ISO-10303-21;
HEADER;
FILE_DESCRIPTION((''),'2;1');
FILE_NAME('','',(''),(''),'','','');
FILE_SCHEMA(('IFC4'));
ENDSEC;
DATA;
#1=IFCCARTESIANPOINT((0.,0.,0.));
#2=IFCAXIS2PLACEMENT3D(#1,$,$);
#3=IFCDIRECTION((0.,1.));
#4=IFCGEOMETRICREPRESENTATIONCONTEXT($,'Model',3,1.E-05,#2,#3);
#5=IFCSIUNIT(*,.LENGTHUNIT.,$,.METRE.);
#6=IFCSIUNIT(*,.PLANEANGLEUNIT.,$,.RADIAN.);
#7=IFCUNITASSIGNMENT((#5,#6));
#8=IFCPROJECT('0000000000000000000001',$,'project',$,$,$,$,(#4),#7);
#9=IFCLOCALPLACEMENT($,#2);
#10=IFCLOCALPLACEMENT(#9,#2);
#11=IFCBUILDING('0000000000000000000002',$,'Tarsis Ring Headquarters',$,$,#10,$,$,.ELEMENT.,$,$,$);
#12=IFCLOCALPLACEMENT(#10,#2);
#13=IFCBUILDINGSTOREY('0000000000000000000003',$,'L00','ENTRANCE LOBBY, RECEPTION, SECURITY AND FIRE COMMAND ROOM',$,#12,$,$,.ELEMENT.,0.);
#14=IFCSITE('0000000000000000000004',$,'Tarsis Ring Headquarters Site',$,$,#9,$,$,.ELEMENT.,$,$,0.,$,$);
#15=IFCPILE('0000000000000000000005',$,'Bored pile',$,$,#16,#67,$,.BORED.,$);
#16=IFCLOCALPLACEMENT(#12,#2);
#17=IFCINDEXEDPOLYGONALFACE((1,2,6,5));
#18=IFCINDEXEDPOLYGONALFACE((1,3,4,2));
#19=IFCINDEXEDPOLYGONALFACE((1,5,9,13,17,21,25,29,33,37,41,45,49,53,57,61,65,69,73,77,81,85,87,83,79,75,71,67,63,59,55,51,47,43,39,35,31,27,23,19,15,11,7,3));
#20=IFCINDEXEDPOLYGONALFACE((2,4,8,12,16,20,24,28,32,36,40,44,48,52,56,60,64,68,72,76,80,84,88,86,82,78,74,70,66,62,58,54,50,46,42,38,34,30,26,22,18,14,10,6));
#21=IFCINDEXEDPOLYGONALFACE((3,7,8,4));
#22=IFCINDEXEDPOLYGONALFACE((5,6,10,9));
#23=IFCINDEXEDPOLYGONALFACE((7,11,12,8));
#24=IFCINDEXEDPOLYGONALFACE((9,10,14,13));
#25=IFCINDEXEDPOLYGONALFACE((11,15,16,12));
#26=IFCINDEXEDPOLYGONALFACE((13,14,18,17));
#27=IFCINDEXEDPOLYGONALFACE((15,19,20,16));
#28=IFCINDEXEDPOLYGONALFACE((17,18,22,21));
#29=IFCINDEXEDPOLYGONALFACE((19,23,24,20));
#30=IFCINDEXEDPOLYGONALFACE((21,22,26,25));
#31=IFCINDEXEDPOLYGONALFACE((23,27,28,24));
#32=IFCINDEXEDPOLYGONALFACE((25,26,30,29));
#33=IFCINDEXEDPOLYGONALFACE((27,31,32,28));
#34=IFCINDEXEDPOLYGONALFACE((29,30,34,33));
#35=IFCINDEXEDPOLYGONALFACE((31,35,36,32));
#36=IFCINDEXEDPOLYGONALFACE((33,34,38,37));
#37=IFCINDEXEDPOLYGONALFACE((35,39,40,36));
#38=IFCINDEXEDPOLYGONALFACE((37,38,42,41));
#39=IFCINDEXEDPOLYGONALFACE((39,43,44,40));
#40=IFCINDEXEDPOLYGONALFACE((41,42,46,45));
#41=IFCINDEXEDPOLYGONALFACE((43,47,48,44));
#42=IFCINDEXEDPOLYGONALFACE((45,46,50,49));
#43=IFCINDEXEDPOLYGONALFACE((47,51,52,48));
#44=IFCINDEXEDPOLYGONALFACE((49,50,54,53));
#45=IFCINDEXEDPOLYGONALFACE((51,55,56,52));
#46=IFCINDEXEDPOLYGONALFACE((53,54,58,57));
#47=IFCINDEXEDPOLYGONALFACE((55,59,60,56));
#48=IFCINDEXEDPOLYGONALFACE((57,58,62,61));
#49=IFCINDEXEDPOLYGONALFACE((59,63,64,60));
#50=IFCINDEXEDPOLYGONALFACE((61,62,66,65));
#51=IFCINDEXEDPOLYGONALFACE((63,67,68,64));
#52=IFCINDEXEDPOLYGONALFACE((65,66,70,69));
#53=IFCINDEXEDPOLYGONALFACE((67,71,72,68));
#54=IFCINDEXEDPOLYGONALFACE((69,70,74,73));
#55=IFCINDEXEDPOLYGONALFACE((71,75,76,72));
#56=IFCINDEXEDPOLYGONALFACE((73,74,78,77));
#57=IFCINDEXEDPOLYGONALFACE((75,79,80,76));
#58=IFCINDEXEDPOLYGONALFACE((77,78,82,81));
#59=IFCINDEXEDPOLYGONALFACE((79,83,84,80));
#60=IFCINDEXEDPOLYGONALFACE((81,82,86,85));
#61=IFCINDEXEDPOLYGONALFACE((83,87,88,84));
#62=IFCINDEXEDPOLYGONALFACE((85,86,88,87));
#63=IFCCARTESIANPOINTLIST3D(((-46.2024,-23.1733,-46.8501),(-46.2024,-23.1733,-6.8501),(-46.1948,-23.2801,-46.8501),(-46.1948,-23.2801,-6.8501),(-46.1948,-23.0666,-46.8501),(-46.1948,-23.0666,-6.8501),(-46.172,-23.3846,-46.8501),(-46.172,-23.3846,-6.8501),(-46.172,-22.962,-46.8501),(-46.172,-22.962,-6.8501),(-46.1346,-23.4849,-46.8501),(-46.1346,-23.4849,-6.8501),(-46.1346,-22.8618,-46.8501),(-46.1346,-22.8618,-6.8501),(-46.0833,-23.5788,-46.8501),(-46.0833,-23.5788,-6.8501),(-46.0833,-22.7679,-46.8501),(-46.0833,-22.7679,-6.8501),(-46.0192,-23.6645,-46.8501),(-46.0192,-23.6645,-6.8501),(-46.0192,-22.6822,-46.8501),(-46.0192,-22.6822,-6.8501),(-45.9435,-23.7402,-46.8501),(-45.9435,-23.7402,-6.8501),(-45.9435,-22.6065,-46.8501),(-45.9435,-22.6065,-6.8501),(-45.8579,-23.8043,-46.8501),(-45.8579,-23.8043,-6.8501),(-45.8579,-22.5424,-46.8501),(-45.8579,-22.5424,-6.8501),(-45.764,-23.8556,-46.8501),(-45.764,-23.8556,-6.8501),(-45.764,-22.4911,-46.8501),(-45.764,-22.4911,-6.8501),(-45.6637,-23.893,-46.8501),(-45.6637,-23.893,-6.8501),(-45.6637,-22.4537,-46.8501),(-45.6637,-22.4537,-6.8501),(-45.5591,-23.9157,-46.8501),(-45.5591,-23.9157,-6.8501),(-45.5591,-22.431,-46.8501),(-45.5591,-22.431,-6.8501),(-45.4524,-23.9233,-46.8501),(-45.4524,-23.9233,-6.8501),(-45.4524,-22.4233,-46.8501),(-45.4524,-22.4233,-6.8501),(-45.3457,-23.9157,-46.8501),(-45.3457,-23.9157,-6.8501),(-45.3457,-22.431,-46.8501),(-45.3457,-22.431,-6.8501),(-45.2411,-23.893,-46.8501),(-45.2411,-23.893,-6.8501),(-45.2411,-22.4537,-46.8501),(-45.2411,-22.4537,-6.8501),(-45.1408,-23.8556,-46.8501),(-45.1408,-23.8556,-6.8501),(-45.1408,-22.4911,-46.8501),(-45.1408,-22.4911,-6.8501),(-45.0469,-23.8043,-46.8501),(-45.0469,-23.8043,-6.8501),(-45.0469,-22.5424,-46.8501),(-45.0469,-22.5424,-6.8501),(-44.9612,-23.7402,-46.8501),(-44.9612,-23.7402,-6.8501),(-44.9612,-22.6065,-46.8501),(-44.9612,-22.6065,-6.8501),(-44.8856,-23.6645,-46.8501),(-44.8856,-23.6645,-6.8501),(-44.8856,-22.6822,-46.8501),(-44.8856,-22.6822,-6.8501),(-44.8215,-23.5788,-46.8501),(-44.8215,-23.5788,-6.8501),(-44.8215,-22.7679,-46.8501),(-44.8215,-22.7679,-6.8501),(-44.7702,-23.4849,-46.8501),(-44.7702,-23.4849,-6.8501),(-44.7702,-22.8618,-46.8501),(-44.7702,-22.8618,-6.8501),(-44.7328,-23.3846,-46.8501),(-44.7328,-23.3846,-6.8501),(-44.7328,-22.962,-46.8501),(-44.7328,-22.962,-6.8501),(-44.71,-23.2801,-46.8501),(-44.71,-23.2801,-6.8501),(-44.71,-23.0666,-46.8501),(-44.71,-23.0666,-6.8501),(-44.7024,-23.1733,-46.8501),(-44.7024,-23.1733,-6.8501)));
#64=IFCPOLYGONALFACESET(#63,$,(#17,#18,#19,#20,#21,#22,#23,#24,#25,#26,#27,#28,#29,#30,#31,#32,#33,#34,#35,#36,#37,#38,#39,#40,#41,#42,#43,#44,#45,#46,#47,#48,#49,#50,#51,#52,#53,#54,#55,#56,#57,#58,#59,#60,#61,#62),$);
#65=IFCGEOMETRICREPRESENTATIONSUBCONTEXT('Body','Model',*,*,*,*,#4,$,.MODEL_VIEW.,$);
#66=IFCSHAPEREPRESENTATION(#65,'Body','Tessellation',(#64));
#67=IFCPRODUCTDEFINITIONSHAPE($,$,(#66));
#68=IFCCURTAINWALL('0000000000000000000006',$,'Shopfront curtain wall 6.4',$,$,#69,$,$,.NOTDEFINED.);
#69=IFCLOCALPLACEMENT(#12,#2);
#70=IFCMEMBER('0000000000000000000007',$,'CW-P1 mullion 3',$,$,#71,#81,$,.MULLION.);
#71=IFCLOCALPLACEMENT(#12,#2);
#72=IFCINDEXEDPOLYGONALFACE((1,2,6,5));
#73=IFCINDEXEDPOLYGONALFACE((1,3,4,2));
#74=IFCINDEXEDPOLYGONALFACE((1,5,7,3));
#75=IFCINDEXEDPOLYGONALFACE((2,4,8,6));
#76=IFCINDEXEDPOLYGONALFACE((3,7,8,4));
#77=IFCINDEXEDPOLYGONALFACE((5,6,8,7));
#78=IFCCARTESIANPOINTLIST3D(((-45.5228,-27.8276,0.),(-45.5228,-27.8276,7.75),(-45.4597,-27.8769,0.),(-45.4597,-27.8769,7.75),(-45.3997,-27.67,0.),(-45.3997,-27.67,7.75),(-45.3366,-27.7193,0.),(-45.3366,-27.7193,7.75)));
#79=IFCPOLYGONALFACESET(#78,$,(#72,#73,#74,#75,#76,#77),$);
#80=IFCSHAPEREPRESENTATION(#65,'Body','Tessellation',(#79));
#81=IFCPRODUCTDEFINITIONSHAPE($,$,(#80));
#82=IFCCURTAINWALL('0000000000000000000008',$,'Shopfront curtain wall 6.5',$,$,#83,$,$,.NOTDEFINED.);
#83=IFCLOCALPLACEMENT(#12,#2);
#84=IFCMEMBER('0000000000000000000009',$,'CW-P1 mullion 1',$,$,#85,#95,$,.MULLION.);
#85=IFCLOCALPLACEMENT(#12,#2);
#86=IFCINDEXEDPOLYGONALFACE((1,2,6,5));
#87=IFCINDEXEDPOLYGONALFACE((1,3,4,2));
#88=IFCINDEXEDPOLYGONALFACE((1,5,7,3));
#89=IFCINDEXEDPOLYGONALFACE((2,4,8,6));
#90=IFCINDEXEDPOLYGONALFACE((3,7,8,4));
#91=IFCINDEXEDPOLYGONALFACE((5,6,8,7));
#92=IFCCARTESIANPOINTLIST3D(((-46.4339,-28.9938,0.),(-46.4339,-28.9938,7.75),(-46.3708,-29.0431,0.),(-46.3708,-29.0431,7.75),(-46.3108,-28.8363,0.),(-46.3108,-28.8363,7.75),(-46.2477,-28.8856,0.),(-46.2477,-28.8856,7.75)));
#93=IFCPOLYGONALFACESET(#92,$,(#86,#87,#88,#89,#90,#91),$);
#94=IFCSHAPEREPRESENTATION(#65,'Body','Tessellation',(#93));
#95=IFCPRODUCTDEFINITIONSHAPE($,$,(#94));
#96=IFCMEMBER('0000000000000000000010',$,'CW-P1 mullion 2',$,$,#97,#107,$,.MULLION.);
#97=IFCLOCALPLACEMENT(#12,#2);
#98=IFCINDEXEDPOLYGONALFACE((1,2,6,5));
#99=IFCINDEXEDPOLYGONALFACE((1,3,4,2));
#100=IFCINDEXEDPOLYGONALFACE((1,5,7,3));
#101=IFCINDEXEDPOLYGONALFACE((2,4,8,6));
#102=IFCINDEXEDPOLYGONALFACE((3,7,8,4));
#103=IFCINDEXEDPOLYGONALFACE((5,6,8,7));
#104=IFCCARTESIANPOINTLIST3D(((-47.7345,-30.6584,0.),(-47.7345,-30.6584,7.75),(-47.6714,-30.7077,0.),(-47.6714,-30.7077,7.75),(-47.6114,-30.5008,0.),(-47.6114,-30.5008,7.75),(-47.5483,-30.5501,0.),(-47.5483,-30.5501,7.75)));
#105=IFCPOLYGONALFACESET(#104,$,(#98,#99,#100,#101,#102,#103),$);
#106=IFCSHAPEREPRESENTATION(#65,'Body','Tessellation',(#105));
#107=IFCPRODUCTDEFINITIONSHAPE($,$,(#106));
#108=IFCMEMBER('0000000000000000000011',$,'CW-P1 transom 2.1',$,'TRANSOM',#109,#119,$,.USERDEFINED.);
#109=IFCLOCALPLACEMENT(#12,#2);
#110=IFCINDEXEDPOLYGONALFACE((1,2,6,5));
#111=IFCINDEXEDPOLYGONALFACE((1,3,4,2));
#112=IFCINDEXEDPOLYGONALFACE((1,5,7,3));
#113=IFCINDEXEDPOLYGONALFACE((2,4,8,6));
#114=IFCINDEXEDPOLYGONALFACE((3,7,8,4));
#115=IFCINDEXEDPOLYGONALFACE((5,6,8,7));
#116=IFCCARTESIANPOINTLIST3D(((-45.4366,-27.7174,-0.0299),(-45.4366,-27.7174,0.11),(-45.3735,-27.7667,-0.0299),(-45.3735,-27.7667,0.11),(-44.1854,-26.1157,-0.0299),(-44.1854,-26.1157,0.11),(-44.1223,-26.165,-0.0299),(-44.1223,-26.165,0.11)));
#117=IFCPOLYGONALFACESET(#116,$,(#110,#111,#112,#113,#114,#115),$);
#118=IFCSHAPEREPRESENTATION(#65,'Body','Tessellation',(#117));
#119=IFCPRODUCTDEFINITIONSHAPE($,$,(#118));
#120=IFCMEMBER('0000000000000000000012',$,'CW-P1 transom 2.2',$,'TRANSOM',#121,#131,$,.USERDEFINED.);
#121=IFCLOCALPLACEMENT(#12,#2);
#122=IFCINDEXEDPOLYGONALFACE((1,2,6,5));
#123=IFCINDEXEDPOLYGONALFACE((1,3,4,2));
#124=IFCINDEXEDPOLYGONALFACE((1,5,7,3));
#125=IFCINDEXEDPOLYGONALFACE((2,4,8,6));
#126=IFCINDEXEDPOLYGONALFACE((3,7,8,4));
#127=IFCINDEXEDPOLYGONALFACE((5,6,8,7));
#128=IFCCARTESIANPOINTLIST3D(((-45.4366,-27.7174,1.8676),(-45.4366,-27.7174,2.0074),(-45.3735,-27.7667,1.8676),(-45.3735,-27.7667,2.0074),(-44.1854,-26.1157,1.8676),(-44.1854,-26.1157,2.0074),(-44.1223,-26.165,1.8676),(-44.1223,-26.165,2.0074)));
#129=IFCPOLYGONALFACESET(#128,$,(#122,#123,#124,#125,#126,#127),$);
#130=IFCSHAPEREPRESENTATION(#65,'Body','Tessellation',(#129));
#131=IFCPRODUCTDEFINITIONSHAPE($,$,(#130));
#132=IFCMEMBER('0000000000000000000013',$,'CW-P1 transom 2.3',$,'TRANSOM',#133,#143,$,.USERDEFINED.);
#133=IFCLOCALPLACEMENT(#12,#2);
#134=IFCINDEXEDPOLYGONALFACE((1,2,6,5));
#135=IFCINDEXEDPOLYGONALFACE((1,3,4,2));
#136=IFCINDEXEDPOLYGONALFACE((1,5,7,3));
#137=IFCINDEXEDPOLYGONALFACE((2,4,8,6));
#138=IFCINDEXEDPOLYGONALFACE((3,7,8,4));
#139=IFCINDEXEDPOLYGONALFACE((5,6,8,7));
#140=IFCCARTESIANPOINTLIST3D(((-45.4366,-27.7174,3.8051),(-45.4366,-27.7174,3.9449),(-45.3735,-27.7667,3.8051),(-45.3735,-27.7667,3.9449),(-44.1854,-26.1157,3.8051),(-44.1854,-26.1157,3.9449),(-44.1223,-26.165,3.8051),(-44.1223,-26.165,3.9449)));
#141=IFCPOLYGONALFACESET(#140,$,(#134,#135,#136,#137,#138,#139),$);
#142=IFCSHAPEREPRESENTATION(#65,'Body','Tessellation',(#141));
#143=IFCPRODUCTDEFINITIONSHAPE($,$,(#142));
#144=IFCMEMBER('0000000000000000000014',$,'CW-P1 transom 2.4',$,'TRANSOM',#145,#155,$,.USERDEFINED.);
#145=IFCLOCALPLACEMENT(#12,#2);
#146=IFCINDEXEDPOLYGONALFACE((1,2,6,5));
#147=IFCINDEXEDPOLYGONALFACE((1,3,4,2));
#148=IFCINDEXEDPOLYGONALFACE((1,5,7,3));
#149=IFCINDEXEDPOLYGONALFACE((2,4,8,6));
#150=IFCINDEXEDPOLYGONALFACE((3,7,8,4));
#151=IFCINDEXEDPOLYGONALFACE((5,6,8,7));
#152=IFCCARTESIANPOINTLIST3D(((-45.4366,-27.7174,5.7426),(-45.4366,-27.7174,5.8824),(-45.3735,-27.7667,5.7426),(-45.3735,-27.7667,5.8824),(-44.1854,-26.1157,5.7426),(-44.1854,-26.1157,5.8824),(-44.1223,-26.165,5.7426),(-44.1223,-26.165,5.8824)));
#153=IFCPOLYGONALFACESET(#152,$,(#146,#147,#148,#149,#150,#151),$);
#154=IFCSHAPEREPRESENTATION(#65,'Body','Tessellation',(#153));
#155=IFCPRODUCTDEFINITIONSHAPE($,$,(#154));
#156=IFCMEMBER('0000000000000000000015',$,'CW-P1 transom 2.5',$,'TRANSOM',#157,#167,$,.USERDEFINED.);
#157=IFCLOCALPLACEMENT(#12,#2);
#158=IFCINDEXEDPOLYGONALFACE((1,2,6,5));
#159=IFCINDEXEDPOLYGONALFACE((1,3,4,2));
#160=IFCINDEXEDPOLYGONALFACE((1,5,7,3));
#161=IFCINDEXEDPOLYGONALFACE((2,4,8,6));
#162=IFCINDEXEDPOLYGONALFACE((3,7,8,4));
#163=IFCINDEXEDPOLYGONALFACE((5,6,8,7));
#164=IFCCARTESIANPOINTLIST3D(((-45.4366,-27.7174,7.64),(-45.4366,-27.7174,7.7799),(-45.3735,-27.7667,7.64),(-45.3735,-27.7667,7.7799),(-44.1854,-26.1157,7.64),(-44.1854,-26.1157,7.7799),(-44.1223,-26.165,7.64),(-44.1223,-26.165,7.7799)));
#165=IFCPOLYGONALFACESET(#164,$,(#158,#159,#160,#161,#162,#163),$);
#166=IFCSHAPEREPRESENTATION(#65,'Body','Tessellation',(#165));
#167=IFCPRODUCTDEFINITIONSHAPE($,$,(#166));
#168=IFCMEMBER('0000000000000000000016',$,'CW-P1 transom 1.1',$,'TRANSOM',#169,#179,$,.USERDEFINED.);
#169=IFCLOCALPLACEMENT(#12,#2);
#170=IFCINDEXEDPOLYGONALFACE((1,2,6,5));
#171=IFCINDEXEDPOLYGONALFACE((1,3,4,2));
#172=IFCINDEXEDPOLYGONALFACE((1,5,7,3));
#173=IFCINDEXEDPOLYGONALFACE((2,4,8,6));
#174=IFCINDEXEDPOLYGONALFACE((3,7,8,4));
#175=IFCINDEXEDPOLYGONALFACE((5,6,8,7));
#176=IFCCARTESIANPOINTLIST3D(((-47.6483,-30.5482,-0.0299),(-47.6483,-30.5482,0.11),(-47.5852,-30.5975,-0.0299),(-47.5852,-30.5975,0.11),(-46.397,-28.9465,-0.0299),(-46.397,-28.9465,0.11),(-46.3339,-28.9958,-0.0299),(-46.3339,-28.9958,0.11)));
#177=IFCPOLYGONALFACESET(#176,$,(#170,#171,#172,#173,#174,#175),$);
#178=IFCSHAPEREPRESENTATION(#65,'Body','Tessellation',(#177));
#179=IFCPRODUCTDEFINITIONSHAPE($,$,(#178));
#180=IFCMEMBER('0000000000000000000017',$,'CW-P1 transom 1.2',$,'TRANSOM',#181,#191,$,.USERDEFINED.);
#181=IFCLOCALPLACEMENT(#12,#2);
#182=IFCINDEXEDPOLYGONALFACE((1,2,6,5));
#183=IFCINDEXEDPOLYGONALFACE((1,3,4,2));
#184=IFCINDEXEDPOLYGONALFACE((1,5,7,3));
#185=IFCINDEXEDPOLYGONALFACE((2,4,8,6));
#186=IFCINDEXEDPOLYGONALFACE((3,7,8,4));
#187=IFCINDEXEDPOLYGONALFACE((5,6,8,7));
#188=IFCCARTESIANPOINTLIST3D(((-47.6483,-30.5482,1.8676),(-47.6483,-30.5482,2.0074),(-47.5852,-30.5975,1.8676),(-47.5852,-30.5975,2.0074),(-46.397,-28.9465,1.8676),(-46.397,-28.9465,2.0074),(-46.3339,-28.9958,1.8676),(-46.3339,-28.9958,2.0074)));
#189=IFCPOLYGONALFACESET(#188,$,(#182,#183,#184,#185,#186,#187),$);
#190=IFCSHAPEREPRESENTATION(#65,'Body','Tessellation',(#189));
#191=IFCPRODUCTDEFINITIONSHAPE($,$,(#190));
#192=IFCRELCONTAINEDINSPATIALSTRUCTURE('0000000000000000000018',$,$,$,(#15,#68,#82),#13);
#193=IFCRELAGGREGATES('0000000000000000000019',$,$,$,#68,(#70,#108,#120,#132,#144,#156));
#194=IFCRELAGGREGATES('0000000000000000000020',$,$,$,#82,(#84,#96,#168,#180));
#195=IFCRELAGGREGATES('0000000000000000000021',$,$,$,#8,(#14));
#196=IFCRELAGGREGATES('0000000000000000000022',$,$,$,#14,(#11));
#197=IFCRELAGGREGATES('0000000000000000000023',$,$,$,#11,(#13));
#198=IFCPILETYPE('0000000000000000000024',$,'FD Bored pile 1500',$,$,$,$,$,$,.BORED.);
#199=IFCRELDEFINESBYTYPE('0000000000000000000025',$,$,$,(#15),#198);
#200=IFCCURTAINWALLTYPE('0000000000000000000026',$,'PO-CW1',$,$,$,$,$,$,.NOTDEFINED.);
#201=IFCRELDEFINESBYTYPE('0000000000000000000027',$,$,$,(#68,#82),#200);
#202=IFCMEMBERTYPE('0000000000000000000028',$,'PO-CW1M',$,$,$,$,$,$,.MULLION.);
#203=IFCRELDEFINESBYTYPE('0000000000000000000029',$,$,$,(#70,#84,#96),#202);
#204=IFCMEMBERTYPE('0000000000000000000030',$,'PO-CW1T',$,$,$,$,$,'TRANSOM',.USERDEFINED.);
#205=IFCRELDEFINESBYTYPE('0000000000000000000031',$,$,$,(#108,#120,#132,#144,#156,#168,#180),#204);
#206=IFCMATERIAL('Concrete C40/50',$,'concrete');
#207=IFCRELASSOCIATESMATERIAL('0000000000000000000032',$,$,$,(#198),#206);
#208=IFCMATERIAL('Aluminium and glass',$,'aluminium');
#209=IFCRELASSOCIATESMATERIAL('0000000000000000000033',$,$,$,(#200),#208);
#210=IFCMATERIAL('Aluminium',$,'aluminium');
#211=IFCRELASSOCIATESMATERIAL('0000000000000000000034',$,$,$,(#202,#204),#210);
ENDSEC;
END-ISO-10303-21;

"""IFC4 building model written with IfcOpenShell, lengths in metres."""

from ifc_helpers import new_model, si_unit, direction, frame, origin, origin_2d, place, context, subcontext, project, spatial, rectangle, circle, extrude, material, material_profile, profile_set, type_object, element, aggregate, save


model = new_model("IFC4")

# Units and contexts
model_context = context("Model", 3, precision=1e-05, world=origin(), true_north=direction((0.0, 1.0)))
body_context = subcontext(model_context, "Body", "Model", "MODEL_VIEW")
ifc_project = project(units=[si_unit("LENGTHUNIT", "METRE"), si_unit("PLANEANGLEUNIT", "RADIAN")], contexts=[model_context])

# Site, building, storey
site_placement = place(None, origin())
site = spatial("IfcSite", under=ifc_project, at=site_placement, Name="Tarsis Ring Headquarters Site", CompositionType="ELEMENT", RefElevation=0.0)
building_placement = place(site_placement, origin())
building = spatial("IfcBuilding", under=site, at=building_placement, Name="Tarsis Ring Headquarters", CompositionType="ELEMENT")
storey_placement = place(building_placement, origin())
storey = spatial("IfcBuildingStorey", under=building, at=storey_placement, Name="L00", Description="ENTRANCE LOBBY, RECEPTION, SECURITY AND FIRE COMMAND ROOM", CompositionType="ELEMENT", Elevation=0.0)

# Pile
ifc_material_1 = material(Name="Concrete C40/50", Category="concrete")
ifc_material_profile_1 = material_profile(ifc_material_1, circle(Radius=0.75, at=origin_2d()), Name="BORED 1500")
ifc_profile_set_1 = profile_set([ifc_material_profile_1], Name="Concrete C40/50")
pile_type = type_object("IfcPileType", Name="FD Bored pile 1500", PredefinedType="BORED", material=ifc_profile_set_1)
for number, where, z_axis, x_axis, name in (
    (1, (-45.4524, -23.1733, -6.8501), (0.0, 0.0, -1.0), (1.0, 0.0, 0.0), "Bored pile"),
):
    element("IfcPile", number, at=place(storey_placement, frame(where, z_axis=z_axis, x_axis=x_axis)), inside=storey, type_object=pile_type, Name=name, PredefinedType="BORED", context=body_context, shape_type="SweptSolid", body=[
        extrude(circle(Radius=0.75, at=origin_2d()), origin(), (0.0, 0.0, 1.0), 40.0),
    ])

# Curtain wall, member
ifc_material_2 = material(Name="Aluminium and glass", Category="aluminium")
curtain_wall_type = type_object("IfcCurtainWallType", Name="PO-CW1", PredefinedType="NOTDEFINED", material=ifc_material_2)
curtain_wall_1_placement = place(storey_placement, origin())
curtain_wall_1 = element("IfcCurtainWall", 2, at=curtain_wall_1_placement, inside=storey, type_object=curtain_wall_type, Name="Shopfront curtain wall 6.4", PredefinedType="NOTDEFINED")
ifc_material_3 = material(Name="Aluminium", Category="aluminium")
ifc_material_profile_2 = material_profile(ifc_material_3, rectangle(XDim=0.0801, YDim=0.2, at=origin_2d()), Name="PO-CW1M")
ifc_profile_set_2 = profile_set([ifc_material_profile_2], Name="Aluminium")
member_type_1 = type_object("IfcMemberType", Name="PO-CW1M", PredefinedType="MULLION", material=ifc_profile_set_2)
member_1_placement = place(storey_placement, frame((-45.4297, -27.7734, 0.0), z_axis=(0.0, 0.0, 1.0), x_axis=(0.788011, -0.615661, 0.0)))
member_1 = element("IfcMember", 3, at=member_1_placement, type_object=member_type_1, Name="CW-P1 mullion 3", PredefinedType="MULLION", context=body_context, shape_type="SweptSolid", body=[
    extrude(rectangle(XDim=0.0801, YDim=0.2, at=origin_2d()), origin(), (0.0, 0.0, 1.0), 7.75),
])

# Curtain wall, members
curtain_wall_2_placement = place(storey_placement, origin())
curtain_wall_2 = element("IfcCurtainWall", 4, at=curtain_wall_2_placement, inside=storey, type_object=curtain_wall_type, Name="Shopfront curtain wall 6.5", PredefinedType="NOTDEFINED")
member_2_placement = place(storey_placement, frame((-46.3408, -28.9397, 0.0), z_axis=(0.0, 0.0, 1.0), x_axis=(0.788011, -0.615662, 0.0)))
member_2 = element("IfcMember", 5, at=member_2_placement, type_object=member_type_1, Name="CW-P1 mullion 1", PredefinedType="MULLION", context=body_context, shape_type="SweptSolid", body=[
    extrude(rectangle(XDim=0.0801, YDim=0.2, at=origin_2d()), origin(), (0.0, 0.0, 1.0), 7.75),
])
member_3_placement = place(storey_placement, frame((-47.6414, -30.6042, 0.0), z_axis=(0.0, 0.0, 1.0), x_axis=(0.788011, -0.615662, 0.0)))
member_3 = element("IfcMember", 6, at=member_3_placement, type_object=member_type_1, Name="CW-P1 mullion 2", PredefinedType="MULLION", context=body_context, shape_type="SweptSolid", body=[
    extrude(rectangle(XDim=0.0801, YDim=0.2, at=origin_2d()), origin(), (0.0, 0.0, 1.0), 7.75),
])

# Members
ifc_material_profile_3 = material_profile(ifc_material_3, rectangle(XDim=0.0801, YDim=0.1399, at=origin_2d()), Name="PO-CW1T")
ifc_profile_set_3 = profile_set([ifc_material_profile_3], Name="Aluminium")
member_type_2 = type_object("IfcMemberType", Name="PO-CW1T", ElementType="TRANSOM", PredefinedType="USERDEFINED", material=ifc_profile_set_3)
member_4_placement = place(storey_placement, frame((-44.1538, -26.1404, 0.04), z_axis=(-0.615644, -0.788024, 0.0), x_axis=(0.788024, -0.615644, 0.0)))
member_4 = element("IfcMember", 7, at=member_4_placement, type_object=member_type_2, Name="CW-P1 transom 2.1", ObjectType="TRANSOM", PredefinedType="USERDEFINED", context=body_context, shape_type="SweptSolid", body=[
    extrude(rectangle(XDim=0.0801, YDim=0.1399, at=origin_2d()), origin(), (0.0, 0.0, 1.0), 2.0325),
])
member_5_placement = place(storey_placement, frame((-44.1538, -26.1404, 1.9375), z_axis=(-0.615644, -0.788024, 0.0), x_axis=(0.788024, -0.615644, 0.0)))
member_5 = element("IfcMember", 8, at=member_5_placement, type_object=member_type_2, Name="CW-P1 transom 2.2", ObjectType="TRANSOM", PredefinedType="USERDEFINED", context=body_context, shape_type="SweptSolid", body=[
    extrude(rectangle(XDim=0.0801, YDim=0.1399, at=origin_2d()), origin(), (0.0, 0.0, 1.0), 2.0325),
])
member_6_placement = place(storey_placement, frame((-44.1538, -26.1404, 3.875), z_axis=(-0.615644, -0.788024, 0.0), x_axis=(0.788024, -0.615644, 0.0)))
member_6 = element("IfcMember", 9, at=member_6_placement, type_object=member_type_2, Name="CW-P1 transom 2.3", ObjectType="TRANSOM", PredefinedType="USERDEFINED", context=body_context, shape_type="SweptSolid", body=[
    extrude(rectangle(XDim=0.0801, YDim=0.1399, at=origin_2d()), origin(), (0.0, 0.0, 1.0), 2.0325),
])
member_7_placement = place(storey_placement, frame((-44.1538, -26.1404, 5.8125), z_axis=(-0.615644, -0.788024, 0.0), x_axis=(0.788024, -0.615644, 0.0)))
member_7 = element("IfcMember", 10, at=member_7_placement, type_object=member_type_2, Name="CW-P1 transom 2.4", ObjectType="TRANSOM", PredefinedType="USERDEFINED", context=body_context, shape_type="SweptSolid", body=[
    extrude(rectangle(XDim=0.0801, YDim=0.1399, at=origin_2d()), origin(), (0.0, 0.0, 1.0), 2.0325),
])
member_8_placement = place(storey_placement, frame((-44.1538, -26.1404, 7.71), z_axis=(-0.615644, -0.788024, 0.0), x_axis=(0.788024, -0.615644, 0.0)))
member_8 = element("IfcMember", 11, at=member_8_placement, type_object=member_type_2, Name="CW-P1 transom 2.5", ObjectType="TRANSOM", PredefinedType="USERDEFINED", context=body_context, shape_type="SweptSolid", body=[
    extrude(rectangle(XDim=0.0801, YDim=0.1399, at=origin_2d()), origin(), (0.0, 0.0, 1.0), 2.0325),
])
member_9_placement = place(storey_placement, frame((-46.3655, -28.9712, 0.04), z_axis=(-0.615644, -0.788024, 0.0), x_axis=(0.788024, -0.615644, 0.0)))
member_9 = element("IfcMember", 12, at=member_9_placement, type_object=member_type_2, Name="CW-P1 transom 1.1", ObjectType="TRANSOM", PredefinedType="USERDEFINED", context=body_context, shape_type="SweptSolid", body=[
    extrude(rectangle(XDim=0.0801, YDim=0.1399, at=origin_2d()), origin(), (0.0, 0.0, 1.0), 2.0325),
])
member_10_placement = place(storey_placement, frame((-46.3655, -28.9712, 1.9375), z_axis=(-0.615644, -0.788024, 0.0), x_axis=(0.788024, -0.615644, 0.0)))
member_10 = element("IfcMember", 13, at=member_10_placement, type_object=member_type_2, Name="CW-P1 transom 1.2", ObjectType="TRANSOM", PredefinedType="USERDEFINED", context=body_context, shape_type="SweptSolid", body=[
    extrude(rectangle(XDim=0.0801, YDim=0.1399, at=origin_2d()), origin(), (0.0, 0.0, 1.0), 2.0325),
])

aggregate(curtain_wall_1, [member_1, member_4, member_5, member_6, member_7, member_8])
aggregate(curtain_wall_2, [member_2, member_3, member_9, member_10])

save(model, "model.ifc")
